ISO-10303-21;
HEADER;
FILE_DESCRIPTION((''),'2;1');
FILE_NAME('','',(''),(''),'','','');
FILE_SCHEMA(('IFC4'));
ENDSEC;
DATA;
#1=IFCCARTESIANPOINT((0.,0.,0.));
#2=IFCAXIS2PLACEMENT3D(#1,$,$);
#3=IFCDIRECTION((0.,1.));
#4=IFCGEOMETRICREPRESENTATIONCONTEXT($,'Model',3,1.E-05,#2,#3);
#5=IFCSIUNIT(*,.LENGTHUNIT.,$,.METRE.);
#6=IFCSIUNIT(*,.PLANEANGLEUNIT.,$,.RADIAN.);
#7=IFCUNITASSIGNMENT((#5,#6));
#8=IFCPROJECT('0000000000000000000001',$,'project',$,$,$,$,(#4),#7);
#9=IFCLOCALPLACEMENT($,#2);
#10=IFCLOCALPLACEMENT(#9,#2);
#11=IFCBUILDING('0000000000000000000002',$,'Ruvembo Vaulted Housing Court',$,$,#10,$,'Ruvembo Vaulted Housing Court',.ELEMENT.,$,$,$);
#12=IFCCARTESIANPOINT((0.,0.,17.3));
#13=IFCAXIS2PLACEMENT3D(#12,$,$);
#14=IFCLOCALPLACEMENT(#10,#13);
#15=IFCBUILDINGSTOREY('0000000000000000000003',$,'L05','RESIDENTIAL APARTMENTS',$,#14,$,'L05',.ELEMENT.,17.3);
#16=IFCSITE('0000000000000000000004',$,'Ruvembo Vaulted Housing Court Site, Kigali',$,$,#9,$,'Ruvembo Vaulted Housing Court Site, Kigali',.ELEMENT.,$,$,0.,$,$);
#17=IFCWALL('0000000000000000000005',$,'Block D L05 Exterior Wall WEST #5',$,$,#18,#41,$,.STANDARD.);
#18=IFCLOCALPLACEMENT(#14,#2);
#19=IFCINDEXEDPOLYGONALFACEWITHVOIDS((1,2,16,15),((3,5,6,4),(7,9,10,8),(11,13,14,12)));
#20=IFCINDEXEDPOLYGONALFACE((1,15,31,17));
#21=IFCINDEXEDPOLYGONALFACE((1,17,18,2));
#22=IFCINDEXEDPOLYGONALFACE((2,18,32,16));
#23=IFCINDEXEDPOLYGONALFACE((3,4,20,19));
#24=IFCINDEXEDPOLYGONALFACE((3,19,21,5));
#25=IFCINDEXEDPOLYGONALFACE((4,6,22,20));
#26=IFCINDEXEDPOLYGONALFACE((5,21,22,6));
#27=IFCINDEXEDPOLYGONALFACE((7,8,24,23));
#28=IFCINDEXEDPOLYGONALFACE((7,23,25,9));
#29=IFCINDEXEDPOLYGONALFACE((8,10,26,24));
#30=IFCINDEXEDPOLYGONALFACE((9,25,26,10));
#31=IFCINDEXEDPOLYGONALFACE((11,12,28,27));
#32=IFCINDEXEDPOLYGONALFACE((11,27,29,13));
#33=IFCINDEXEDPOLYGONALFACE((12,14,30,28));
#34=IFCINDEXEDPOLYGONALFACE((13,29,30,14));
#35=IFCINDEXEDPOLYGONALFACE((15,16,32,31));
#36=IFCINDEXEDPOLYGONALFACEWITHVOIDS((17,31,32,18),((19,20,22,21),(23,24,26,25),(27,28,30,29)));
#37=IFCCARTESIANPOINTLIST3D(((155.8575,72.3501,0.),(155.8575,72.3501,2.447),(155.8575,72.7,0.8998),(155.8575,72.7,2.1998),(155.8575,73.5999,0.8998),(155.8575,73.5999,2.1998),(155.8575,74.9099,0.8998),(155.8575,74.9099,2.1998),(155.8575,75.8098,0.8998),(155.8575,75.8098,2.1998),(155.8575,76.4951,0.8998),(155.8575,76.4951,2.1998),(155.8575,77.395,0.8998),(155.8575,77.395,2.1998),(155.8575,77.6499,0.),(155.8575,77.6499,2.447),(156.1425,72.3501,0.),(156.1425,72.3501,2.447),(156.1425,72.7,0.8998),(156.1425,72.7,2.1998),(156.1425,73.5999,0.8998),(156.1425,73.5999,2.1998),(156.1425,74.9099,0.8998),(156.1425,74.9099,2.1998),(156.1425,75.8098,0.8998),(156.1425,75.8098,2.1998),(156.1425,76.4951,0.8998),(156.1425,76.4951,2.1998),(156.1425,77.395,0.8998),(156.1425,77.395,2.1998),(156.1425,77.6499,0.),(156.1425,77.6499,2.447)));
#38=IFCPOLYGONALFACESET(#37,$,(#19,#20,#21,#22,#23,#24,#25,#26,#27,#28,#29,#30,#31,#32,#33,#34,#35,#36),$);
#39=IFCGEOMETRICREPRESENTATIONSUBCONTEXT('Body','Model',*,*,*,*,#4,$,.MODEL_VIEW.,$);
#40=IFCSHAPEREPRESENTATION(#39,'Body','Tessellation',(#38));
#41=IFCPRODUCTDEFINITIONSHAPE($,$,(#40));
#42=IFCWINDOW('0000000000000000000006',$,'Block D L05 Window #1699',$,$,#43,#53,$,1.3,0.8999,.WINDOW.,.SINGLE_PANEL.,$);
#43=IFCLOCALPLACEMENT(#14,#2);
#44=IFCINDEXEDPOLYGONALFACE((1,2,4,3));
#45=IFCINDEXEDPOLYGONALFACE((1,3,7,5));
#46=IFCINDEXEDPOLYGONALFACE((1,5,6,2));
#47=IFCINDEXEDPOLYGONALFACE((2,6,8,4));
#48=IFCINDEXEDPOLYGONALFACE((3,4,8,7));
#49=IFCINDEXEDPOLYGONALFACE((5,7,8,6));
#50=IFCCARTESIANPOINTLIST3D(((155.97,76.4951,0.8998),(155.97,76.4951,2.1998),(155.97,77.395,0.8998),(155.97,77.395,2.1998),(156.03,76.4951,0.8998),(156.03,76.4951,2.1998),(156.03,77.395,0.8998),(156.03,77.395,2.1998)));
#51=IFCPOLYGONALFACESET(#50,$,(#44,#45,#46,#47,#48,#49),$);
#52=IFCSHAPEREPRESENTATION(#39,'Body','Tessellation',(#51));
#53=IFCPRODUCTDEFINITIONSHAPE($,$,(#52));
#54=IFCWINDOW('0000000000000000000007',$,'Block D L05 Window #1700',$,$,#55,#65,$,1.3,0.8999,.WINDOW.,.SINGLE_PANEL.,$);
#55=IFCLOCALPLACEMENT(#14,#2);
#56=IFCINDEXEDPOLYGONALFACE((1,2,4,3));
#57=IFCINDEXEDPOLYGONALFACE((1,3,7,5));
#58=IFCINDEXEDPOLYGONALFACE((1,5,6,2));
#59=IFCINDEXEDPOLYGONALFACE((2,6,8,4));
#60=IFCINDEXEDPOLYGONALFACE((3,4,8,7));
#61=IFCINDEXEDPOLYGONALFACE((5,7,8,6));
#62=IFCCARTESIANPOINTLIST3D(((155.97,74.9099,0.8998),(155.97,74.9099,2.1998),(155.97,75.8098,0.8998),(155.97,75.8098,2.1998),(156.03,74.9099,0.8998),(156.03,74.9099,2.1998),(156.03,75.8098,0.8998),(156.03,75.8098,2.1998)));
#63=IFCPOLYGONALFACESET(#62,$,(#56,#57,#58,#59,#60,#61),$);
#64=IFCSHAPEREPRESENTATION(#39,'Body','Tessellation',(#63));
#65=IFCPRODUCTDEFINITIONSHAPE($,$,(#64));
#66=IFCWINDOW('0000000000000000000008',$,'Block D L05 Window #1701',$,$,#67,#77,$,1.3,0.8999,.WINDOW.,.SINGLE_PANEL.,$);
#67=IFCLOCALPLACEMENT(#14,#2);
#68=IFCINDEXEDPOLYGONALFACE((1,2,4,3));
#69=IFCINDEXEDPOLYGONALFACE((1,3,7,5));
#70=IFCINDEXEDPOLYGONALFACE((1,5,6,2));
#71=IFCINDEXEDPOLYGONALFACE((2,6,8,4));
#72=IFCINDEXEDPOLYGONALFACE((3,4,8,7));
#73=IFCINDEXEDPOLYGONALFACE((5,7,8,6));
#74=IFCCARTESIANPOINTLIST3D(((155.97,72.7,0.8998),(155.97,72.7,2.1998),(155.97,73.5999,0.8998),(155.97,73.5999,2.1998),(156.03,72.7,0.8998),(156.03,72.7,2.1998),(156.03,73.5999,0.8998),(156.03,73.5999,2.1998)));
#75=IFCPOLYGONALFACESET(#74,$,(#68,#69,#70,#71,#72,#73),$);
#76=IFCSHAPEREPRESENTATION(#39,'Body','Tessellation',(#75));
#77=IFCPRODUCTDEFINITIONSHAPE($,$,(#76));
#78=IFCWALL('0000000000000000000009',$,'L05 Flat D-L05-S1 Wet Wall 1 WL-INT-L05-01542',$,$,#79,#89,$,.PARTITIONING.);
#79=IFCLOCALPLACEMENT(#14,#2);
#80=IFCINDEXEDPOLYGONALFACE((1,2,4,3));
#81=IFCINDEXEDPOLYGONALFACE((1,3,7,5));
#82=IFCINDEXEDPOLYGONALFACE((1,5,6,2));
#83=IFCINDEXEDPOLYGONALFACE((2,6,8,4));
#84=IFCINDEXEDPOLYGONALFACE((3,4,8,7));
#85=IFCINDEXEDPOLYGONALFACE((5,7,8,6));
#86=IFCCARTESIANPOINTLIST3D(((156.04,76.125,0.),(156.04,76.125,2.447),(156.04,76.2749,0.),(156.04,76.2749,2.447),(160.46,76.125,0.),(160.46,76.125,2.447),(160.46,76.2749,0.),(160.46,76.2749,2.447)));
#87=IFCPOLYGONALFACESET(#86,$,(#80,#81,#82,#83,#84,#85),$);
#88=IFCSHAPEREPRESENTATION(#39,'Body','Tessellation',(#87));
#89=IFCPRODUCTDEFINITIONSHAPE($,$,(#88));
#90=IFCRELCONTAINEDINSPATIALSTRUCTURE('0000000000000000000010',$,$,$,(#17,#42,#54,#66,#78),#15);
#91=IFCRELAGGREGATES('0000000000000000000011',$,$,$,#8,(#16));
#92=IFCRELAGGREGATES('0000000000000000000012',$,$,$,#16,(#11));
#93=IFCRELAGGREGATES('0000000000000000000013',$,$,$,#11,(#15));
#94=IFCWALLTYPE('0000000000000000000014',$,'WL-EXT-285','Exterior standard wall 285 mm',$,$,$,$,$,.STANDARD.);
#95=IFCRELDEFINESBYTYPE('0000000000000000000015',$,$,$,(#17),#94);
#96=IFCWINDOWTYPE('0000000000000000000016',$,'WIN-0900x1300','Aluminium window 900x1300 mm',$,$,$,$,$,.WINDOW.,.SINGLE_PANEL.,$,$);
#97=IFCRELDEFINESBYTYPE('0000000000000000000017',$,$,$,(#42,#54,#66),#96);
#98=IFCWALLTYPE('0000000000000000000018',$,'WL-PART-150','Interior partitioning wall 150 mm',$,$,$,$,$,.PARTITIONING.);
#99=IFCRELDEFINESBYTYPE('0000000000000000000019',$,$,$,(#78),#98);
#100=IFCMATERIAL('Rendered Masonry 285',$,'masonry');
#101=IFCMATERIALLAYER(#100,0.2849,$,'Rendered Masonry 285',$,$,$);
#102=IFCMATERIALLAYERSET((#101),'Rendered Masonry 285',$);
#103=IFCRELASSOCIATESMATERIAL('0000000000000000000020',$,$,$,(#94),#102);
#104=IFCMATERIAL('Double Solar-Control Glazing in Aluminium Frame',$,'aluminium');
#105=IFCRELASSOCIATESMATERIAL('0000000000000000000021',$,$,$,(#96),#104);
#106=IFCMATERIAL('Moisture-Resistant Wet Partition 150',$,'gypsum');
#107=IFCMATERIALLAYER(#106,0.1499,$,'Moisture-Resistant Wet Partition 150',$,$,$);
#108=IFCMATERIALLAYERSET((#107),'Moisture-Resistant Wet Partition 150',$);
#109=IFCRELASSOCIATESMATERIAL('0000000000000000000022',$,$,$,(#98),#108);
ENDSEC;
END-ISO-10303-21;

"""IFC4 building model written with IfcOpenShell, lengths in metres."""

from ifc_helpers import new_model, si_unit, direction, frame, frame_2d, origin, place, context, subcontext, project, spatial, rectangle, extrude, material, layer, layer_set, type_object, element, fill, save


model = new_model("IFC4")

# Units and contexts
model_context = context("Model", 3, precision=1e-05, world=origin(), true_north=direction((0.0, 1.0)))
body_context = subcontext(model_context, "Body", "Model", "MODEL_VIEW")
ifc_project = project(units=[si_unit("LENGTHUNIT", "METRE"), si_unit("PLANEANGLEUNIT", "RADIAN")], contexts=[model_context])

# Site, building, storey
site_placement = place(None, origin())
site = spatial("IfcSite", under=ifc_project, at=site_placement, Name="Ruvembo Vaulted Housing Court Site, Kigali", LongName="Ruvembo Vaulted Housing Court Site, Kigali", CompositionType="ELEMENT", RefElevation=0.0)
building_placement = place(site_placement, origin())
building = spatial("IfcBuilding", under=site, at=building_placement, Name="Ruvembo Vaulted Housing Court", LongName="Ruvembo Vaulted Housing Court", CompositionType="ELEMENT")
storey_placement = place(building_placement, frame((0.0, 0.0, 17.3)))
storey = spatial("IfcBuildingStorey", under=building, at=storey_placement, Name="L05", Description="RESIDENTIAL APARTMENTS", LongName="L05", CompositionType="ELEMENT", Elevation=17.3)

# Wall, openings, windows
ifc_material_1 = material(Name="Rendered Masonry 285", Category="masonry")
ifc_layer_1 = layer(ifc_material_1, 0.2849, Name="Rendered Masonry 285")
ifc_layer_set_1 = layer_set([ifc_layer_1], Name="Rendered Masonry 285")
wall_type_1 = type_object("IfcWallType", Name="WL-EXT-285", Description="Exterior standard wall 285 mm", PredefinedType="STANDARD", material=ifc_layer_set_1)
ifc_material_2 = material(Name="Double Solar-Control Glazing in Aluminium Frame", Category="aluminium")
wall_1_placement = place(storey_placement, frame((156.0, 77.6499, 0.0), z_axis=(0.0, 0.0, 1.0), x_axis=(0.0, -1.0, 0.0)))
wall_1 = element("IfcWall", 1, at=wall_1_placement, inside=storey, type_object=wall_type_1, Name="Block D L05 Exterior Wall WEST #5", PredefinedType="STANDARD", context=body_context, shape_type="SweptSolid", body=[
    extrude(rectangle(XDim=5.2998, YDim=0.2849, at=frame_2d((2.6499, 0.0))), origin(), (0.0, 0.0, 1.0), 2.447),
])
opening_1_placement = place(wall_1_placement, frame((0.2549, 0.0, 0.8999)))
opening_1 = element("IfcOpeningElement", 2, at=opening_1_placement, cuts=wall_1, PredefinedType="OPENING", context=body_context, shape_type="SweptSolid", body=[
    extrude(rectangle(XDim=0.8999, YDim=1.3, at=frame_2d((0.45, 0.6499))), frame((0.0, 0.1523, 0.0), z_axis=(0.0, -1.0, 0.0), x_axis=(1.0, 0.0, 0.0)), (0.0, 0.0, 1.0), 0.3049),
])
opening_2_placement = place(wall_1_placement, frame((1.8401, 0.0, 0.8999)))
opening_2 = element("IfcOpeningElement", 3, at=opening_2_placement, cuts=wall_1, PredefinedType="OPENING", context=body_context, shape_type="SweptSolid", body=[
    extrude(rectangle(XDim=0.8999, YDim=1.3, at=frame_2d((0.45, 0.6499))), frame((0.0, 0.1523, 0.0), z_axis=(0.0, -1.0, 0.0), x_axis=(1.0, 0.0, 0.0)), (0.0, 0.0, 1.0), 0.3049),
])
opening_3_placement = place(wall_1_placement, frame((4.05, 0.0, 0.8999)))
opening_3 = element("IfcOpeningElement", 4, at=opening_3_placement, cuts=wall_1, PredefinedType="OPENING", context=body_context, shape_type="SweptSolid", body=[
    extrude(rectangle(XDim=0.8999, YDim=1.3, at=frame_2d((0.45, 0.6499))), frame((0.0, 0.1523, 0.0), z_axis=(0.0, -1.0, 0.0), x_axis=(1.0, 0.0, 0.0)), (0.0, 0.0, 1.0), 0.3049),
])
window_type_1 = type_object("IfcWindowType", Name="WIN-0900x1300", Description="Aluminium window 900x1300 mm", PartitioningType="SINGLE_PANEL", PredefinedType="WINDOW", material=ifc_material_2)
window_1_placement = place(opening_1_placement, origin())
window_1 = element("IfcWindow", 5, at=window_1_placement, inside=storey, type_object=window_type_1, Name="Block D L05 Window #1699", OverallHeight=1.3, OverallWidth=0.8999, PartitioningType="SINGLE_PANEL", PredefinedType="WINDOW", context=body_context, shape_type="SweptSolid", body=[
    extrude(rectangle(XDim=0.8999, YDim=1.3, at=frame_2d((0.45, 0.6499))), frame((0.0, 0.03, 0.0), z_axis=(0.0, -1.0, 0.0), x_axis=(1.0, 0.0, 0.0)), (0.0, 0.0, 1.0), 0.0601),
])
fill(opening_1, window_1)
window_2_placement = place(opening_2_placement, origin())
window_2 = element("IfcWindow", 6, at=window_2_placement, inside=storey, type_object=window_type_1, Name="Block D L05 Window #1700", OverallHeight=1.3, OverallWidth=0.8999, PartitioningType="SINGLE_PANEL", PredefinedType="WINDOW", context=body_context, shape_type="SweptSolid", body=[
    extrude(rectangle(XDim=0.8999, YDim=1.3, at=frame_2d((0.45, 0.6499))), frame((0.0, 0.03, 0.0), z_axis=(0.0, -1.0, 0.0), x_axis=(1.0, 0.0, 0.0)), (0.0, 0.0, 1.0), 0.0601),
])
fill(opening_2, window_2)
window_3_placement = place(opening_3_placement, origin())
window_3 = element("IfcWindow", 7, at=window_3_placement, inside=storey, type_object=window_type_1, Name="Block D L05 Window #1701", OverallHeight=1.3, OverallWidth=0.8999, PartitioningType="SINGLE_PANEL", PredefinedType="WINDOW", context=body_context, shape_type="SweptSolid", body=[
    extrude(rectangle(XDim=0.8999, YDim=1.3, at=frame_2d((0.45, 0.6499))), frame((0.0, 0.03, 0.0), z_axis=(0.0, -1.0, 0.0), x_axis=(1.0, 0.0, 0.0)), (0.0, 0.0, 1.0), 0.0601),
])
fill(opening_3, window_3)

# Wall
ifc_material_3 = material(Name="Moisture-Resistant Wet Partition 150", Category="gypsum")
ifc_layer_2 = layer(ifc_material_3, 0.1499, Name="Moisture-Resistant Wet Partition 150")
ifc_layer_set_2 = layer_set([ifc_layer_2], Name="Moisture-Resistant Wet Partition 150")
wall_type_2 = type_object("IfcWallType", Name="WL-PART-150", Description="Interior partitioning wall 150 mm", PredefinedType="PARTITIONING", material=ifc_layer_set_2)
wall_2_placement = place(storey_placement, frame((156.04, 76.2, 0.0), z_axis=(0.0, 0.0, 1.0), x_axis=(1.0, 0.0, 0.0)))
element("IfcWall", 8, at=wall_2_placement, inside=storey, type_object=wall_type_2, Name="L05 Flat D-L05-S1 Wet Wall 1 WL-INT-L05-01542", PredefinedType="PARTITIONING", context=body_context, shape_type="SweptSolid", body=[
    extrude(rectangle(XDim=4.4199, YDim=0.1499, at=frame_2d((2.21, 0.0))), origin(), (0.0, 0.0, 1.0), 2.447),
])

save(model, "model.ifc")
